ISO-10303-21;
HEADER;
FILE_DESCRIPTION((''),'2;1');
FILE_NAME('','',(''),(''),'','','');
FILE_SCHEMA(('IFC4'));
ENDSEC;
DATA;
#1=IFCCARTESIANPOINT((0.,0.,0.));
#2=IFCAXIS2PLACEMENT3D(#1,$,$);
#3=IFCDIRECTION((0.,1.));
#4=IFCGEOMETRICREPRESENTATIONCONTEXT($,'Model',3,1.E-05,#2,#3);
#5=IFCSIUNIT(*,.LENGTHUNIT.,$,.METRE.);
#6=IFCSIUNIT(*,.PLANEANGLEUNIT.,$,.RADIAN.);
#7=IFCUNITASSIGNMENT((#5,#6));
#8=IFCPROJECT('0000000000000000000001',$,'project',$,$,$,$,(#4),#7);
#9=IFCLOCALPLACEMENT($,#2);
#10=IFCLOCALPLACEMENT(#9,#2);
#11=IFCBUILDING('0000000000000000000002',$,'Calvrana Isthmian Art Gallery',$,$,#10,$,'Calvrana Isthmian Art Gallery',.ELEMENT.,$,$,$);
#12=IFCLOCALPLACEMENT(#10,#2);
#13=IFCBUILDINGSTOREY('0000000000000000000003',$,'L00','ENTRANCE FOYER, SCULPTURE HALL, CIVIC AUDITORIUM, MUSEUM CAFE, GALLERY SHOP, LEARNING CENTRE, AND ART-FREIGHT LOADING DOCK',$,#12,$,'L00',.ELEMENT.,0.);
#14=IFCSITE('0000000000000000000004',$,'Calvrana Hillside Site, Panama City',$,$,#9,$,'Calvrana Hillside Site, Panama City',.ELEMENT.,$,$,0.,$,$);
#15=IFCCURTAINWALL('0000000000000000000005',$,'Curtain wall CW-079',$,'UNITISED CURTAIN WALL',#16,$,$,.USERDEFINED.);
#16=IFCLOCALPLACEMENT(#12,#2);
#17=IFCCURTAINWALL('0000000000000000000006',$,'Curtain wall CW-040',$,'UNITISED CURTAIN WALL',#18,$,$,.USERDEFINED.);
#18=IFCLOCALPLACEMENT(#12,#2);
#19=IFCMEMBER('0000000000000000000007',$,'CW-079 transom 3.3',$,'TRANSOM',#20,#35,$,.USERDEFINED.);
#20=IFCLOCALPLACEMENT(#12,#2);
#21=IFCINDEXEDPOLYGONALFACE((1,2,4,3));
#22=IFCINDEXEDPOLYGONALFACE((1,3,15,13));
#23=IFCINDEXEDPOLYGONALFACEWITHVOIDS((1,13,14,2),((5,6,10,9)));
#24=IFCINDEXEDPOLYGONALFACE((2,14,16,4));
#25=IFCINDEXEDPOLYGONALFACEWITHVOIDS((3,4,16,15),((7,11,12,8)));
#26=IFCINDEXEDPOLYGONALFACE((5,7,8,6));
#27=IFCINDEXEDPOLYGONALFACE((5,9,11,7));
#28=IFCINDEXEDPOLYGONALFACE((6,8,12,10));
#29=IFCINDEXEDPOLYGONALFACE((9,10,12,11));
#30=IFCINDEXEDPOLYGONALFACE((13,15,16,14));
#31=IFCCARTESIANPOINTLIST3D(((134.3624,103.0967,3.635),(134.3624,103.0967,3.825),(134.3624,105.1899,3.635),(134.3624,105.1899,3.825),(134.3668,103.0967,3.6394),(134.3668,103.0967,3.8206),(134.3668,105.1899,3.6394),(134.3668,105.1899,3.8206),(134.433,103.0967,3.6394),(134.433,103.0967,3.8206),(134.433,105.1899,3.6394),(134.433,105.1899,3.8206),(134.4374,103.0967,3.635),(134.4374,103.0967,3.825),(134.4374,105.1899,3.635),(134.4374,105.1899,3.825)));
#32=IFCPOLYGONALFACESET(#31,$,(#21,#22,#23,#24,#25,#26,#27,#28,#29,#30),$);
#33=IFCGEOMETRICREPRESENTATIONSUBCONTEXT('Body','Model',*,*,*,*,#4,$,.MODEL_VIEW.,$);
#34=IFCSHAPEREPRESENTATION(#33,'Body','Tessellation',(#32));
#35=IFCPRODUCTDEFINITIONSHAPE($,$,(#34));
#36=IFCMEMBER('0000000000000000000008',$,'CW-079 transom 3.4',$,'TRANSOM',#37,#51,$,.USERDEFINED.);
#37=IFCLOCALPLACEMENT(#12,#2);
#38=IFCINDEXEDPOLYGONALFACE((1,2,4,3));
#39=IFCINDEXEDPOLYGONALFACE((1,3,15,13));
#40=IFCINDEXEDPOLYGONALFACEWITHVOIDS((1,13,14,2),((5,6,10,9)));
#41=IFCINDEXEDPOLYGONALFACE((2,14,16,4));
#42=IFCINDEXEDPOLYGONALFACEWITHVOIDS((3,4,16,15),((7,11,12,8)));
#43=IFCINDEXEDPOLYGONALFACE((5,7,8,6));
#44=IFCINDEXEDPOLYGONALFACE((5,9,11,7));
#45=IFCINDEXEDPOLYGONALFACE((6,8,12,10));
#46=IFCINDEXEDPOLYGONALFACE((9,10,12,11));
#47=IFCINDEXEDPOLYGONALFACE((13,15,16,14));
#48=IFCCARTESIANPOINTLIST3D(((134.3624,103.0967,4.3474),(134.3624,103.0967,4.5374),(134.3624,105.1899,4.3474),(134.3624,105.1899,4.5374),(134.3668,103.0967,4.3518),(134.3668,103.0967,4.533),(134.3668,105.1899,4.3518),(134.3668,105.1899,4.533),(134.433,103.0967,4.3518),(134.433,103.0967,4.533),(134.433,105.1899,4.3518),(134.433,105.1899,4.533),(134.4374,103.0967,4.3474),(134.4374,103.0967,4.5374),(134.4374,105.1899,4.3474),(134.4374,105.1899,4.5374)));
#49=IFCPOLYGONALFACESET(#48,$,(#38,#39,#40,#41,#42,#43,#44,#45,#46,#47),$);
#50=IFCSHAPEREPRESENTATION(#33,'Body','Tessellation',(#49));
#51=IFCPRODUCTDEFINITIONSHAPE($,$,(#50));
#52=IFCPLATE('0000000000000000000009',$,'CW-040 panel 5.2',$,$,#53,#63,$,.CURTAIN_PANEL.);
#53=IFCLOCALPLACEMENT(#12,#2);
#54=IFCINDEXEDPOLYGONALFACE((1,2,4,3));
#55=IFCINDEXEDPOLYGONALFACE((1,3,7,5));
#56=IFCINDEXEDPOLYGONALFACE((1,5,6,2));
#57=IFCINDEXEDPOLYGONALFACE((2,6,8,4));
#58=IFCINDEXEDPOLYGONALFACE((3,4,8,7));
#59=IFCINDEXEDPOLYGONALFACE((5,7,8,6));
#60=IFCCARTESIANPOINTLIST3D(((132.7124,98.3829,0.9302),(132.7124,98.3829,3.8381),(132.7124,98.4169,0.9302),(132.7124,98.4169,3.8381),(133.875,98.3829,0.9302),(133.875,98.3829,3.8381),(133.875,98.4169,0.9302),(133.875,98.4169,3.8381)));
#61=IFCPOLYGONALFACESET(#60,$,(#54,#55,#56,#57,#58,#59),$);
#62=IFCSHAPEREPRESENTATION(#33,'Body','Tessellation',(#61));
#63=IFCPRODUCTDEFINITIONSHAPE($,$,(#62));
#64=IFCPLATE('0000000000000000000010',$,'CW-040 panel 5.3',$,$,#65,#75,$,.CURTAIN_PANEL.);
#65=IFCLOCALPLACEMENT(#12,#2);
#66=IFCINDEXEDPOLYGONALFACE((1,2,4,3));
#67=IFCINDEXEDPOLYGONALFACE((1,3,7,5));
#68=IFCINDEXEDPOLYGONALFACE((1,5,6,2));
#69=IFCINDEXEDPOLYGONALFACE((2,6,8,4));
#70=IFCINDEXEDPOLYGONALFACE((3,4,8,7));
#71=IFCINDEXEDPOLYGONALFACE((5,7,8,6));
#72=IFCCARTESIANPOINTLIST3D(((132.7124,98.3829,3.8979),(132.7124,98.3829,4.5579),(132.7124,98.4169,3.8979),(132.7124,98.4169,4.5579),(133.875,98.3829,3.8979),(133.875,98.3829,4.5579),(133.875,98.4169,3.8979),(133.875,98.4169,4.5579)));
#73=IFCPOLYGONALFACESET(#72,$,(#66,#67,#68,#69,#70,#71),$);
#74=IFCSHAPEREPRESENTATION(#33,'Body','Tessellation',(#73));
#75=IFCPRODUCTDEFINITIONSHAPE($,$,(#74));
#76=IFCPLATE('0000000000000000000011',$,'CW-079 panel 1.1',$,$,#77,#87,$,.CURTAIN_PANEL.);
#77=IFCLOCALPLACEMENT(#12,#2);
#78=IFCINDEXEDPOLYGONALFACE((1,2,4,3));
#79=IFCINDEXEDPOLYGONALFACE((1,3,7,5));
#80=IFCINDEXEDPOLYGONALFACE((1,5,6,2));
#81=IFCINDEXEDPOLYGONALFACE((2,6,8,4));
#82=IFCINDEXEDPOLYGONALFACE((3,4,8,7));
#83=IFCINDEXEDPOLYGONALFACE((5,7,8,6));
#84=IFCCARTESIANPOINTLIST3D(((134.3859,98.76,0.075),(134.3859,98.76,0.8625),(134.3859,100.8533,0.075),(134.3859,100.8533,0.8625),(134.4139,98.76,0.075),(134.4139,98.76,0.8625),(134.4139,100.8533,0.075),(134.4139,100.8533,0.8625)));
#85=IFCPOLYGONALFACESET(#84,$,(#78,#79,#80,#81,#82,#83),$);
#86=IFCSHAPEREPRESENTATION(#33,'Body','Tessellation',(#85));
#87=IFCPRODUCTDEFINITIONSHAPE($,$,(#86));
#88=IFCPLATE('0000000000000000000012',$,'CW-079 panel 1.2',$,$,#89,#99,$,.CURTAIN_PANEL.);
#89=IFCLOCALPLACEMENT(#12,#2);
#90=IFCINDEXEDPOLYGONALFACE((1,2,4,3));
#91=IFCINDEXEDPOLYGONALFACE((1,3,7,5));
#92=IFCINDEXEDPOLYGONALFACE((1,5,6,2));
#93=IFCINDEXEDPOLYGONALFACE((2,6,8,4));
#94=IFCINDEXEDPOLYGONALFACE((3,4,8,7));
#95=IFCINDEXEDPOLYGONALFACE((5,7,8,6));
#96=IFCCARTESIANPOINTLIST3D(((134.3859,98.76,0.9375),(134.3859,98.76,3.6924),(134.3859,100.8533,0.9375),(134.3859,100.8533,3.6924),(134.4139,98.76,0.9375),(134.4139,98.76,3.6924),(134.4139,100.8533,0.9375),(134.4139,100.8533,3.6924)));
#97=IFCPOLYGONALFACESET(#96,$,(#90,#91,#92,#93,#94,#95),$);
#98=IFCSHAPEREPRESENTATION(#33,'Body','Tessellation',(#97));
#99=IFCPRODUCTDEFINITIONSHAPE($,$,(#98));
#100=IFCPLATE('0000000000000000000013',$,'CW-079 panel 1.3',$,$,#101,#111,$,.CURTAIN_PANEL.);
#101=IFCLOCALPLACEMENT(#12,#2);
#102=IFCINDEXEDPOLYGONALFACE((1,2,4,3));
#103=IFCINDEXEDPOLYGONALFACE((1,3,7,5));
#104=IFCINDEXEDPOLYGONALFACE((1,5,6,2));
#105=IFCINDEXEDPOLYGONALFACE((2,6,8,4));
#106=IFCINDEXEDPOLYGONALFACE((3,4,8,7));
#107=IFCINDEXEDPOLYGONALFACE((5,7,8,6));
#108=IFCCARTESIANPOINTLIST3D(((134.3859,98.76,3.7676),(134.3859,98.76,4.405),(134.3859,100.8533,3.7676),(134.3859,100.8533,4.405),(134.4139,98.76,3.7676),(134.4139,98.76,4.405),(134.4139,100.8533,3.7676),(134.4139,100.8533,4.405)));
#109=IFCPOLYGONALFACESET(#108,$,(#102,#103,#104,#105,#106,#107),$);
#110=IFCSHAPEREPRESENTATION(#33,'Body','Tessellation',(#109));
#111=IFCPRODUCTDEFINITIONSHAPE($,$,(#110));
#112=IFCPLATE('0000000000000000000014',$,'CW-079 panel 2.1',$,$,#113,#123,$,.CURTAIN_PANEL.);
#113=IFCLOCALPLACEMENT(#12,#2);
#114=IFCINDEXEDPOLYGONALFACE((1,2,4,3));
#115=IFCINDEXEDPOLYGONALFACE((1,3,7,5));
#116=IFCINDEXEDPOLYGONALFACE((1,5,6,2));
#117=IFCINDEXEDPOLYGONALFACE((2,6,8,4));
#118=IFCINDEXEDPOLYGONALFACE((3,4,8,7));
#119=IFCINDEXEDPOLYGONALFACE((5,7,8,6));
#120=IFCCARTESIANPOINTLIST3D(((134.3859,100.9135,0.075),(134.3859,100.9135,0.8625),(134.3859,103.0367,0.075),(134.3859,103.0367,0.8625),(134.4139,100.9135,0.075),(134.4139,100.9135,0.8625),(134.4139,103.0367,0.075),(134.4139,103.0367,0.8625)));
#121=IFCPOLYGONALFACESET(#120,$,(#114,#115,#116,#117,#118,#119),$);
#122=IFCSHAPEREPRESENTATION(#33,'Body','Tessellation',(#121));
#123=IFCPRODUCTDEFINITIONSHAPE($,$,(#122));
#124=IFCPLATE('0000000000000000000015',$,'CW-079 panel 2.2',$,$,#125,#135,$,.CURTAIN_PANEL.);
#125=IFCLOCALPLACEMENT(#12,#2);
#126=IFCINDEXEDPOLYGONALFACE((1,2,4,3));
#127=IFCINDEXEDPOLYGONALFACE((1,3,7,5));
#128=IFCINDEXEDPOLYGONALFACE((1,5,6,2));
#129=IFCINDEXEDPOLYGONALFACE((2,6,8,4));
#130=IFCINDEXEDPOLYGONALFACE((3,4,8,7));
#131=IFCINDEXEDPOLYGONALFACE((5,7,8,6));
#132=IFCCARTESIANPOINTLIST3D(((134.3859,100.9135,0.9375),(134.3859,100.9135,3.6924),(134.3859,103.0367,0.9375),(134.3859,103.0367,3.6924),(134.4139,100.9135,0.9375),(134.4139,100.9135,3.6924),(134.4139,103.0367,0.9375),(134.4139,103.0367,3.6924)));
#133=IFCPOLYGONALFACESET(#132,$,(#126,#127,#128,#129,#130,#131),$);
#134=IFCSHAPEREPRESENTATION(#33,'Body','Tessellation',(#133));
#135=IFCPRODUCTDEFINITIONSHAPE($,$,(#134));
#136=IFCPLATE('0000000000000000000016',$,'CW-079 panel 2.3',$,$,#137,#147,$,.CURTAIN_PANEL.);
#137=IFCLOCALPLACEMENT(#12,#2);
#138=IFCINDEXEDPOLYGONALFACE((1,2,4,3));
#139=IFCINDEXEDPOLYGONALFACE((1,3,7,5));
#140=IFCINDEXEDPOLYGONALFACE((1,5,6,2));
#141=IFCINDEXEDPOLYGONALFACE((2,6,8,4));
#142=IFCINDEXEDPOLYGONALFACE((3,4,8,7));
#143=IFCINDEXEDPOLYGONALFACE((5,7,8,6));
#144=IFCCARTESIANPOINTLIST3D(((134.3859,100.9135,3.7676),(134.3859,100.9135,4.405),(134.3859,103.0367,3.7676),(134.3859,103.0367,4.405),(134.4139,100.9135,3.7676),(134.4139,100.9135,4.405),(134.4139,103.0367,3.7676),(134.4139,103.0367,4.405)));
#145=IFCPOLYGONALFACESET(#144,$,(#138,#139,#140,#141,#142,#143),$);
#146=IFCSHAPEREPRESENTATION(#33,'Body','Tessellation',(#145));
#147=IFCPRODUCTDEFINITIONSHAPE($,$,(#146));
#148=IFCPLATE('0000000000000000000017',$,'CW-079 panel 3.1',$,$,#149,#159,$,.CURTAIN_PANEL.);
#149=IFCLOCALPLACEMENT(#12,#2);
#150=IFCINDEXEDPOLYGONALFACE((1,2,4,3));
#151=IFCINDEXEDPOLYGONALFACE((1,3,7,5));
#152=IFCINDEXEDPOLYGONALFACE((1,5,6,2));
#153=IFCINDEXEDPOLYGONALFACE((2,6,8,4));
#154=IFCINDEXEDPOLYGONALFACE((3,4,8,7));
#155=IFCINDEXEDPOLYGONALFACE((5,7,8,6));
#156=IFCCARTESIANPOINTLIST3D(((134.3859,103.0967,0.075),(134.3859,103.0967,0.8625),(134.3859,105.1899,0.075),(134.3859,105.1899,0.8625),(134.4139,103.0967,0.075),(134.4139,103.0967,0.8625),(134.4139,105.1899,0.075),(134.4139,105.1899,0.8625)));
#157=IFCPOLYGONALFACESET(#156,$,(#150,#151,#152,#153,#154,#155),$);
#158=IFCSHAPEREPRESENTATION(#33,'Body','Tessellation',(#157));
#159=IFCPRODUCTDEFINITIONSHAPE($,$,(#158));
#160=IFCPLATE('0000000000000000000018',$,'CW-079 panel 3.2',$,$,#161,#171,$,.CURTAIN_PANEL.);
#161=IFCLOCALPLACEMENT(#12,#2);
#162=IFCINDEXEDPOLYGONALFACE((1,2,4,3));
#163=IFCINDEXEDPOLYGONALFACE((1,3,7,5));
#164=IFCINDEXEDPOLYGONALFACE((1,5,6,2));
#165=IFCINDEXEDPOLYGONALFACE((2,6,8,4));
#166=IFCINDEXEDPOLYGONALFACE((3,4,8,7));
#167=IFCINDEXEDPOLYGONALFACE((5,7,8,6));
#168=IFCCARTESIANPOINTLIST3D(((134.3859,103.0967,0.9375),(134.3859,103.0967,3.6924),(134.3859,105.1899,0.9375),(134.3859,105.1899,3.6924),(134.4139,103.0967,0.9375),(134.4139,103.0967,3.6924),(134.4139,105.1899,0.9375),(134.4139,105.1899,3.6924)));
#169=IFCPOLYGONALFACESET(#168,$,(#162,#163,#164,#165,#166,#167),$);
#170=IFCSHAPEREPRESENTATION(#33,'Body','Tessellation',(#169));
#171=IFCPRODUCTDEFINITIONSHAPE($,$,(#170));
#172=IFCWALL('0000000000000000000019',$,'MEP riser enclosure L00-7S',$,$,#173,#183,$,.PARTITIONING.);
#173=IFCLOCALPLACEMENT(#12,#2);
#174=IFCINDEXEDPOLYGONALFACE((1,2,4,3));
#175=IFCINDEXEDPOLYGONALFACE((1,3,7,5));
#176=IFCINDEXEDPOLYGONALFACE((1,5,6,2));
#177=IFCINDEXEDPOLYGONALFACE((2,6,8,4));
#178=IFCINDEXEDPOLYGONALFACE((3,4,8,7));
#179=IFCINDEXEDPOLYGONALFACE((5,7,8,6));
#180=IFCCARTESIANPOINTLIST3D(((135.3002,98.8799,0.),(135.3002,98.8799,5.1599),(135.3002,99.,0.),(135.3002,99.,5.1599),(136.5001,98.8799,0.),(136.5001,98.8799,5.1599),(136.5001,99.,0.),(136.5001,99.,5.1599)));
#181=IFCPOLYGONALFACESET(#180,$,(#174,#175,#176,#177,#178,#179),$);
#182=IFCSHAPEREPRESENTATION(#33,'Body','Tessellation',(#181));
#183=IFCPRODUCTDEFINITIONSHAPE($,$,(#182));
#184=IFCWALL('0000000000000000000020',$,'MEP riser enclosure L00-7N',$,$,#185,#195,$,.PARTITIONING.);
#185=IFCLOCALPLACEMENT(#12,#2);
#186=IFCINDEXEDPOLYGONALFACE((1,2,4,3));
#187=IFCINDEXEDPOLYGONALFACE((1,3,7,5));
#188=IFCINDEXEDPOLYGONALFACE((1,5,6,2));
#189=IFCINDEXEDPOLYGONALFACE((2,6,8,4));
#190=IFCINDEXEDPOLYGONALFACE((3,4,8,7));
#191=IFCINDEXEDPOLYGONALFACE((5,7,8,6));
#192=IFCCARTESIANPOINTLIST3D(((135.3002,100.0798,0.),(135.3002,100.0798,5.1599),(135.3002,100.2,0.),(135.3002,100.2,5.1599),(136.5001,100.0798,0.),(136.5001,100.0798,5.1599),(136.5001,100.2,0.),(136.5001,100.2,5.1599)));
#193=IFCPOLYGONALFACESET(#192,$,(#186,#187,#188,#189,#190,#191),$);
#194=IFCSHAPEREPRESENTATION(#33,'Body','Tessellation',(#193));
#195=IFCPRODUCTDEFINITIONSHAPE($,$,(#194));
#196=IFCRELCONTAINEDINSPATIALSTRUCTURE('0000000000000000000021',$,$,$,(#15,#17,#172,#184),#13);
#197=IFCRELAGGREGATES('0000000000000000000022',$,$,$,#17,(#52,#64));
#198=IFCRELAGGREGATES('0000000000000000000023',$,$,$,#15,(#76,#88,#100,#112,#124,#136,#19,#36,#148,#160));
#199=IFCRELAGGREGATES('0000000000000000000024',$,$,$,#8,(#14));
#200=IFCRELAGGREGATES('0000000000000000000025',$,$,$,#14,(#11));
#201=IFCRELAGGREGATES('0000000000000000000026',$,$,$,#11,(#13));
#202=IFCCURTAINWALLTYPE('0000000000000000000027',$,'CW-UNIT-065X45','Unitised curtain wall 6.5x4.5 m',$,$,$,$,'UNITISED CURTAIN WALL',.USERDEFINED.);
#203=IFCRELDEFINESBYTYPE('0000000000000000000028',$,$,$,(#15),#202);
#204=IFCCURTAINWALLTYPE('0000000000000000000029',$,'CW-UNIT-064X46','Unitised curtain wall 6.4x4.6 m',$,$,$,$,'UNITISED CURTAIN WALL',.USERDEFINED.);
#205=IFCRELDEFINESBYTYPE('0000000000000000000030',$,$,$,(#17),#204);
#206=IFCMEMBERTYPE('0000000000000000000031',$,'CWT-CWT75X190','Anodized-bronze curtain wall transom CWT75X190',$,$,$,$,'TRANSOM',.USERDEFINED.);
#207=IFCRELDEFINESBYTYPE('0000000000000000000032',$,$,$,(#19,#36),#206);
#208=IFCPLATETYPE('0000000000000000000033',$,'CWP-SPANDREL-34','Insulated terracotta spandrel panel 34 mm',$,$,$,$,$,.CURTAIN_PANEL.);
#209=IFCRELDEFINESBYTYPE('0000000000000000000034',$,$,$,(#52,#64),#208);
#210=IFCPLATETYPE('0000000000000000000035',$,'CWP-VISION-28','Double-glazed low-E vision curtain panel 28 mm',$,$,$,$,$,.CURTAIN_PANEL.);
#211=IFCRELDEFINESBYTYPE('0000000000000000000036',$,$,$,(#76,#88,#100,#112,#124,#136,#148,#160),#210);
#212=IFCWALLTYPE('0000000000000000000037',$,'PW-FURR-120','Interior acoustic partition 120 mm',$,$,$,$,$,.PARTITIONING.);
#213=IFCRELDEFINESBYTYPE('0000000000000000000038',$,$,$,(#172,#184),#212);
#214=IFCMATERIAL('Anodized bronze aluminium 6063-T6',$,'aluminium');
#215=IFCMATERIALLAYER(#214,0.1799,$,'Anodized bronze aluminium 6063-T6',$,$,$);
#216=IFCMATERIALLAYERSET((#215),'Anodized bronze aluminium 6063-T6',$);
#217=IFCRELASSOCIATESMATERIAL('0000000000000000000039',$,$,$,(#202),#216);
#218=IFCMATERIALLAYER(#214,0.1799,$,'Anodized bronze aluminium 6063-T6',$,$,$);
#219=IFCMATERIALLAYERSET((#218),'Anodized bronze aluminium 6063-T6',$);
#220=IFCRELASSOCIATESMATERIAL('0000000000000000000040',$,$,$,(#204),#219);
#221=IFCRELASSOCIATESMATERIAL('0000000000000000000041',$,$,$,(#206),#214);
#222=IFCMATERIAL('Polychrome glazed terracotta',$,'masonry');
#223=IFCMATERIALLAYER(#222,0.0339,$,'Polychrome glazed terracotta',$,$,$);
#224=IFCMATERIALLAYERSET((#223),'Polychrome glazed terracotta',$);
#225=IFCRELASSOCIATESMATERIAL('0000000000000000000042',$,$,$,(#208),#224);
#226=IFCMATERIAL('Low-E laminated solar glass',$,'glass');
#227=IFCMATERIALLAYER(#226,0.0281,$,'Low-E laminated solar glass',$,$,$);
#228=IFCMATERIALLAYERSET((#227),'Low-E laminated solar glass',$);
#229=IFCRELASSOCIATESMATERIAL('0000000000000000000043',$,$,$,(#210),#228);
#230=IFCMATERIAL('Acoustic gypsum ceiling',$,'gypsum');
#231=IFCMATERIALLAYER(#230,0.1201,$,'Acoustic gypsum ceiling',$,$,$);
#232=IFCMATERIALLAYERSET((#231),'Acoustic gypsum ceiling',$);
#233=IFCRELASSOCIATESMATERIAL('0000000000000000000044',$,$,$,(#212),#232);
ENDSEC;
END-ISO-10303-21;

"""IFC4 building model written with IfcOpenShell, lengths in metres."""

from ifc_helpers import new_model, si_unit, direction, frame, frame_2d, origin, origin_2d, place, context, subcontext, project, spatial, rectangle, hollow_rectangle, extrude, material, layer, layer_set, material_profile, profile_set, type_object, element, aggregate, save


model = new_model("IFC4")

# Units and contexts
model_context = context("Model", 3, precision=1e-05, world=origin(), true_north=direction((0.0, 1.0)))
body_context = subcontext(model_context, "Body", "Model", "MODEL_VIEW")
ifc_project = project(units=[si_unit("LENGTHUNIT", "METRE"), si_unit("PLANEANGLEUNIT", "RADIAN")], contexts=[model_context])

# Site, building, storey
site_placement = place(None, origin())
site = spatial("IfcSite", under=ifc_project, at=site_placement, Name="Calvrana Hillside Site, Panama City", LongName="Calvrana Hillside Site, Panama City", CompositionType="ELEMENT", RefElevation=0.0)
building_placement = place(site_placement, origin())
building = spatial("IfcBuilding", under=site, at=building_placement, Name="Calvrana Isthmian Art Gallery", LongName="Calvrana Isthmian Art Gallery", CompositionType="ELEMENT")
storey_placement = place(building_placement, origin())
storey = spatial("IfcBuildingStorey", under=building, at=storey_placement, Name="L00", Description="ENTRANCE FOYER, SCULPTURE HALL, CIVIC AUDITORIUM, MUSEUM CAFE, GALLERY SHOP, LEARNING CENTRE, AND ART-FREIGHT LOADING DOCK", LongName="L00", CompositionType="ELEMENT", Elevation=0.0)

# Curtain wall
ifc_material_1 = material(Name="Anodized bronze aluminium 6063-T6", Category="aluminium")
ifc_layer_1 = layer(ifc_material_1, 0.1799, Name="Anodized bronze aluminium 6063-T6")
ifc_layer_set_1 = layer_set([ifc_layer_1], Name="Anodized bronze aluminium 6063-T6")
curtain_wall_type_1 = type_object("IfcCurtainWallType", Name="CW-UNIT-065X45", Description="Unitised curtain wall 6.5x4.5 m", ElementType="UNITISED CURTAIN WALL", PredefinedType="USERDEFINED", material=ifc_layer_set_1)
curtain_wall_1_placement = place(storey_placement, origin())
curtain_wall_1 = element("IfcCurtainWall", 1, at=curtain_wall_1_placement, inside=storey, type_object=curtain_wall_type_1, Name="Curtain wall CW-079", ObjectType="UNITISED CURTAIN WALL", PredefinedType="USERDEFINED")

# Curtain wall
ifc_layer_2 = layer(ifc_material_1, 0.1799, Name="Anodized bronze aluminium 6063-T6")
ifc_layer_set_2 = layer_set([ifc_layer_2], Name="Anodized bronze aluminium 6063-T6")
curtain_wall_type_2 = type_object("IfcCurtainWallType", Name="CW-UNIT-064X46", Description="Unitised curtain wall 6.4x4.6 m", ElementType="UNITISED CURTAIN WALL", PredefinedType="USERDEFINED", material=ifc_layer_set_2)
curtain_wall_2_placement = place(storey_placement, origin())
curtain_wall_2 = element("IfcCurtainWall", 2, at=curtain_wall_2_placement, inside=storey, type_object=curtain_wall_type_2, Name="Curtain wall CW-040", ObjectType="UNITISED CURTAIN WALL", PredefinedType="USERDEFINED")

# Members
ifc_material_profile_1 = material_profile(ifc_material_1, hollow_rectangle(XDim=0.075, YDim=0.1899, WallThickness=0.0044, at=origin_2d()), Name="CWT75X190")
ifc_profile_set_1 = profile_set([ifc_material_profile_1], Name="Anodized bronze aluminium 6063-T6")
member_type_1 = type_object("IfcMemberType", Name="CWT-CWT75X190", Description="Anodized-bronze curtain wall transom CWT75X190", ElementType="TRANSOM", PredefinedType="USERDEFINED", material=ifc_profile_set_1)
member_1_placement = place(storey_placement, frame((134.3999, 103.0967, 3.73), z_axis=(0.0, 1.0, 0.0), x_axis=(-1.0, 0.0, 0.0)))
member_1 = element("IfcMember", 3, at=member_1_placement, type_object=member_type_1, Name="CW-079 transom 3.3", ObjectType="TRANSOM", PredefinedType="USERDEFINED", context=body_context, shape_type="SweptSolid", body=[
    extrude(hollow_rectangle(XDim=0.075, YDim=0.1899, WallThickness=0.0044, at=origin_2d()), origin(), (0.0, 0.0, 1.0), 2.0933),
])
member_2_placement = place(storey_placement, frame((134.3999, 103.0967, 4.4424), z_axis=(0.0, 1.0, 0.0), x_axis=(-1.0, 0.0, 0.0)))
member_2 = element("IfcMember", 4, at=member_2_placement, type_object=member_type_1, Name="CW-079 transom 3.4", ObjectType="TRANSOM", PredefinedType="USERDEFINED", context=body_context, shape_type="SweptSolid", body=[
    extrude(hollow_rectangle(XDim=0.075, YDim=0.1899, WallThickness=0.0044, at=origin_2d()), origin(), (0.0, 0.0, 1.0), 2.0933),
])

# Plates
ifc_material_2 = material(Name="Polychrome glazed terracotta", Category="masonry")
ifc_layer_3 = layer(ifc_material_2, 0.0339, Name="Polychrome glazed terracotta")
ifc_layer_set_3 = layer_set([ifc_layer_3], Name="Polychrome glazed terracotta")
plate_type_1 = type_object("IfcPlateType", Name="CWP-SPANDREL-34", Description="Insulated terracotta spandrel panel 34 mm", PredefinedType="CURTAIN_PANEL", material=ifc_layer_set_3)
plate_1_placement = place(storey_placement, frame((133.2937, 98.3999, 0.9302), z_axis=(0.0, 0.0, 1.0), x_axis=(1.0, 0.0, 0.0)))
plate_1 = element("IfcPlate", 5, at=plate_1_placement, type_object=plate_type_1, Name="CW-040 panel 5.2", PredefinedType="CURTAIN_PANEL", context=body_context, shape_type="SweptSolid", body=[
    extrude(rectangle(XDim=1.1626, YDim=0.0339, at=origin_2d()), origin(), (0.0, 0.0, 1.0), 2.908),
])
plate_2_placement = place(storey_placement, frame((133.2937, 98.3999, 3.8979), z_axis=(0.0, 0.0, 1.0), x_axis=(1.0, 0.0, 0.0)))
plate_2 = element("IfcPlate", 6, at=plate_2_placement, type_object=plate_type_1, Name="CW-040 panel 5.3", PredefinedType="CURTAIN_PANEL", context=body_context, shape_type="SweptSolid", body=[
    extrude(rectangle(XDim=1.1626, YDim=0.0339, at=origin_2d()), origin(), (0.0, 0.0, 1.0), 0.6599),
])
aggregate(curtain_wall_2, [plate_1, plate_2])
ifc_material_3 = material(Name="Low-E laminated solar glass", Category="glass")
ifc_layer_4 = layer(ifc_material_3, 0.0281, Name="Low-E laminated solar glass")
ifc_layer_set_4 = layer_set([ifc_layer_4], Name="Low-E laminated solar glass")
plate_type_2 = type_object("IfcPlateType", Name="CWP-VISION-28", Description="Double-glazed low-E vision curtain panel 28 mm", PredefinedType="CURTAIN_PANEL", material=ifc_layer_set_4)
plate_3_placement = place(storey_placement, frame((134.3999, 99.8066, 0.075), z_axis=(0.0, 0.0, 1.0), x_axis=(0.0, 1.0, 0.0)))
plate_3 = element("IfcPlate", 7, at=plate_3_placement, type_object=plate_type_2, Name="CW-079 panel 1.1", PredefinedType="CURTAIN_PANEL", context=body_context, shape_type="SweptSolid", body=[
    extrude(rectangle(XDim=2.0933, YDim=0.0281, at=origin_2d()), origin(), (0.0, 0.0, 1.0), 0.7876),
])
plate_4_placement = place(storey_placement, frame((134.3999, 99.8066, 0.9375), z_axis=(0.0, 0.0, 1.0), x_axis=(0.0, 1.0, 0.0)))
plate_4 = element("IfcPlate", 8, at=plate_4_placement, type_object=plate_type_2, Name="CW-079 panel 1.2", PredefinedType="CURTAIN_PANEL", context=body_context, shape_type="SweptSolid", body=[
    extrude(rectangle(XDim=2.0933, YDim=0.0281, at=origin_2d()), origin(), (0.0, 0.0, 1.0), 2.7549),
])
plate_5_placement = place(storey_placement, frame((134.3999, 99.8066, 3.7676), z_axis=(0.0, 0.0, 1.0), x_axis=(0.0, 1.0, 0.0)))
plate_5 = element("IfcPlate", 9, at=plate_5_placement, type_object=plate_type_2, Name="CW-079 panel 1.3", PredefinedType="CURTAIN_PANEL", context=body_context, shape_type="SweptSolid", body=[
    extrude(rectangle(XDim=2.0933, YDim=0.0281, at=origin_2d()), origin(), (0.0, 0.0, 1.0), 0.6375),
])
plate_6_placement = place(storey_placement, frame((134.3999, 101.9751, 0.075), z_axis=(0.0, 0.0, 1.0), x_axis=(0.0, 1.0, 0.0)))
plate_6 = element("IfcPlate", 10, at=plate_6_placement, type_object=plate_type_2, Name="CW-079 panel 2.1", PredefinedType="CURTAIN_PANEL", context=body_context, shape_type="SweptSolid", body=[
    extrude(rectangle(XDim=2.1233, YDim=0.0281, at=origin_2d()), origin(), (0.0, 0.0, 1.0), 0.7876),
])
plate_7_placement = place(storey_placement, frame((134.3999, 101.9751, 0.9375), z_axis=(0.0, 0.0, 1.0), x_axis=(0.0, 1.0, 0.0)))
plate_7 = element("IfcPlate", 11, at=plate_7_placement, type_object=plate_type_2, Name="CW-079 panel 2.2", PredefinedType="CURTAIN_PANEL", context=body_context, shape_type="SweptSolid", body=[
    extrude(rectangle(XDim=2.1233, YDim=0.0281, at=origin_2d()), origin(), (0.0, 0.0, 1.0), 2.7549),
])
plate_8_placement = place(storey_placement, frame((134.3999, 101.9751, 3.7676), z_axis=(0.0, 0.0, 1.0), x_axis=(0.0, 1.0, 0.0)))
plate_8 = element("IfcPlate", 12, at=plate_8_placement, type_object=plate_type_2, Name="CW-079 panel 2.3", PredefinedType="CURTAIN_PANEL", context=body_context, shape_type="SweptSolid", body=[
    extrude(rectangle(XDim=2.1233, YDim=0.0281, at=origin_2d()), origin(), (0.0, 0.0, 1.0), 0.6375),
])
plate_9_placement = place(storey_placement, frame((134.3999, 104.1433, 0.075), z_axis=(0.0, 0.0, 1.0), x_axis=(0.0, 1.0, 0.0)))
plate_9 = element("IfcPlate", 13, at=plate_9_placement, type_object=plate_type_2, Name="CW-079 panel 3.1", PredefinedType="CURTAIN_PANEL", context=body_context, shape_type="SweptSolid", body=[
    extrude(rectangle(XDim=2.0933, YDim=0.0281, at=origin_2d()), origin(), (0.0, 0.0, 1.0), 0.7876),
])
plate_10_placement = place(storey_placement, frame((134.3999, 104.1433, 0.9375), z_axis=(0.0, 0.0, 1.0), x_axis=(0.0, 1.0, 0.0)))
plate_10 = element("IfcPlate", 14, at=plate_10_placement, type_object=plate_type_2, Name="CW-079 panel 3.2", PredefinedType="CURTAIN_PANEL", context=body_context, shape_type="SweptSolid", body=[
    extrude(rectangle(XDim=2.0933, YDim=0.0281, at=origin_2d()), origin(), (0.0, 0.0, 1.0), 2.7549),
])
aggregate(curtain_wall_1, [plate_3, plate_4, plate_5, plate_6, plate_7, plate_8, member_1, member_2, plate_9, plate_10])

# Walls
ifc_material_4 = material(Name="Acoustic gypsum ceiling", Category="gypsum")
ifc_layer_5 = layer(ifc_material_4, 0.1201, Name="Acoustic gypsum ceiling")
ifc_layer_set_5 = layer_set([ifc_layer_5], Name="Acoustic gypsum ceiling")
wall_type_1 = type_object("IfcWallType", Name="PW-FURR-120", Description="Interior acoustic partition 120 mm", PredefinedType="PARTITIONING", material=ifc_layer_set_5)
for number, where, z_axis, x_axis, name in (
    (15, (135.3, 98.9399, 0.0), (0.0, 0.0, 1.0), (1.0, 0.0, 0.0), "MEP riser enclosure L00-7S"),
    (16, (135.3, 100.1399, 0.0), (0.0, 0.0, 1.0), (1.0, 0.0, 0.0), "MEP riser enclosure L00-7N"),
):
    element("IfcWall", number, at=place(storey_placement, frame(where, z_axis=z_axis, x_axis=x_axis)), inside=storey, type_object=wall_type_1, Name=name, PredefinedType="PARTITIONING", context=body_context, shape_type="SweptSolid", body=[
        extrude(rectangle(XDim=1.2, YDim=0.1201, at=frame_2d((0.6001, 0.0))), origin(), (0.0, 0.0, 1.0), 5.1599),
    ])

save(model, "model.ifc")
